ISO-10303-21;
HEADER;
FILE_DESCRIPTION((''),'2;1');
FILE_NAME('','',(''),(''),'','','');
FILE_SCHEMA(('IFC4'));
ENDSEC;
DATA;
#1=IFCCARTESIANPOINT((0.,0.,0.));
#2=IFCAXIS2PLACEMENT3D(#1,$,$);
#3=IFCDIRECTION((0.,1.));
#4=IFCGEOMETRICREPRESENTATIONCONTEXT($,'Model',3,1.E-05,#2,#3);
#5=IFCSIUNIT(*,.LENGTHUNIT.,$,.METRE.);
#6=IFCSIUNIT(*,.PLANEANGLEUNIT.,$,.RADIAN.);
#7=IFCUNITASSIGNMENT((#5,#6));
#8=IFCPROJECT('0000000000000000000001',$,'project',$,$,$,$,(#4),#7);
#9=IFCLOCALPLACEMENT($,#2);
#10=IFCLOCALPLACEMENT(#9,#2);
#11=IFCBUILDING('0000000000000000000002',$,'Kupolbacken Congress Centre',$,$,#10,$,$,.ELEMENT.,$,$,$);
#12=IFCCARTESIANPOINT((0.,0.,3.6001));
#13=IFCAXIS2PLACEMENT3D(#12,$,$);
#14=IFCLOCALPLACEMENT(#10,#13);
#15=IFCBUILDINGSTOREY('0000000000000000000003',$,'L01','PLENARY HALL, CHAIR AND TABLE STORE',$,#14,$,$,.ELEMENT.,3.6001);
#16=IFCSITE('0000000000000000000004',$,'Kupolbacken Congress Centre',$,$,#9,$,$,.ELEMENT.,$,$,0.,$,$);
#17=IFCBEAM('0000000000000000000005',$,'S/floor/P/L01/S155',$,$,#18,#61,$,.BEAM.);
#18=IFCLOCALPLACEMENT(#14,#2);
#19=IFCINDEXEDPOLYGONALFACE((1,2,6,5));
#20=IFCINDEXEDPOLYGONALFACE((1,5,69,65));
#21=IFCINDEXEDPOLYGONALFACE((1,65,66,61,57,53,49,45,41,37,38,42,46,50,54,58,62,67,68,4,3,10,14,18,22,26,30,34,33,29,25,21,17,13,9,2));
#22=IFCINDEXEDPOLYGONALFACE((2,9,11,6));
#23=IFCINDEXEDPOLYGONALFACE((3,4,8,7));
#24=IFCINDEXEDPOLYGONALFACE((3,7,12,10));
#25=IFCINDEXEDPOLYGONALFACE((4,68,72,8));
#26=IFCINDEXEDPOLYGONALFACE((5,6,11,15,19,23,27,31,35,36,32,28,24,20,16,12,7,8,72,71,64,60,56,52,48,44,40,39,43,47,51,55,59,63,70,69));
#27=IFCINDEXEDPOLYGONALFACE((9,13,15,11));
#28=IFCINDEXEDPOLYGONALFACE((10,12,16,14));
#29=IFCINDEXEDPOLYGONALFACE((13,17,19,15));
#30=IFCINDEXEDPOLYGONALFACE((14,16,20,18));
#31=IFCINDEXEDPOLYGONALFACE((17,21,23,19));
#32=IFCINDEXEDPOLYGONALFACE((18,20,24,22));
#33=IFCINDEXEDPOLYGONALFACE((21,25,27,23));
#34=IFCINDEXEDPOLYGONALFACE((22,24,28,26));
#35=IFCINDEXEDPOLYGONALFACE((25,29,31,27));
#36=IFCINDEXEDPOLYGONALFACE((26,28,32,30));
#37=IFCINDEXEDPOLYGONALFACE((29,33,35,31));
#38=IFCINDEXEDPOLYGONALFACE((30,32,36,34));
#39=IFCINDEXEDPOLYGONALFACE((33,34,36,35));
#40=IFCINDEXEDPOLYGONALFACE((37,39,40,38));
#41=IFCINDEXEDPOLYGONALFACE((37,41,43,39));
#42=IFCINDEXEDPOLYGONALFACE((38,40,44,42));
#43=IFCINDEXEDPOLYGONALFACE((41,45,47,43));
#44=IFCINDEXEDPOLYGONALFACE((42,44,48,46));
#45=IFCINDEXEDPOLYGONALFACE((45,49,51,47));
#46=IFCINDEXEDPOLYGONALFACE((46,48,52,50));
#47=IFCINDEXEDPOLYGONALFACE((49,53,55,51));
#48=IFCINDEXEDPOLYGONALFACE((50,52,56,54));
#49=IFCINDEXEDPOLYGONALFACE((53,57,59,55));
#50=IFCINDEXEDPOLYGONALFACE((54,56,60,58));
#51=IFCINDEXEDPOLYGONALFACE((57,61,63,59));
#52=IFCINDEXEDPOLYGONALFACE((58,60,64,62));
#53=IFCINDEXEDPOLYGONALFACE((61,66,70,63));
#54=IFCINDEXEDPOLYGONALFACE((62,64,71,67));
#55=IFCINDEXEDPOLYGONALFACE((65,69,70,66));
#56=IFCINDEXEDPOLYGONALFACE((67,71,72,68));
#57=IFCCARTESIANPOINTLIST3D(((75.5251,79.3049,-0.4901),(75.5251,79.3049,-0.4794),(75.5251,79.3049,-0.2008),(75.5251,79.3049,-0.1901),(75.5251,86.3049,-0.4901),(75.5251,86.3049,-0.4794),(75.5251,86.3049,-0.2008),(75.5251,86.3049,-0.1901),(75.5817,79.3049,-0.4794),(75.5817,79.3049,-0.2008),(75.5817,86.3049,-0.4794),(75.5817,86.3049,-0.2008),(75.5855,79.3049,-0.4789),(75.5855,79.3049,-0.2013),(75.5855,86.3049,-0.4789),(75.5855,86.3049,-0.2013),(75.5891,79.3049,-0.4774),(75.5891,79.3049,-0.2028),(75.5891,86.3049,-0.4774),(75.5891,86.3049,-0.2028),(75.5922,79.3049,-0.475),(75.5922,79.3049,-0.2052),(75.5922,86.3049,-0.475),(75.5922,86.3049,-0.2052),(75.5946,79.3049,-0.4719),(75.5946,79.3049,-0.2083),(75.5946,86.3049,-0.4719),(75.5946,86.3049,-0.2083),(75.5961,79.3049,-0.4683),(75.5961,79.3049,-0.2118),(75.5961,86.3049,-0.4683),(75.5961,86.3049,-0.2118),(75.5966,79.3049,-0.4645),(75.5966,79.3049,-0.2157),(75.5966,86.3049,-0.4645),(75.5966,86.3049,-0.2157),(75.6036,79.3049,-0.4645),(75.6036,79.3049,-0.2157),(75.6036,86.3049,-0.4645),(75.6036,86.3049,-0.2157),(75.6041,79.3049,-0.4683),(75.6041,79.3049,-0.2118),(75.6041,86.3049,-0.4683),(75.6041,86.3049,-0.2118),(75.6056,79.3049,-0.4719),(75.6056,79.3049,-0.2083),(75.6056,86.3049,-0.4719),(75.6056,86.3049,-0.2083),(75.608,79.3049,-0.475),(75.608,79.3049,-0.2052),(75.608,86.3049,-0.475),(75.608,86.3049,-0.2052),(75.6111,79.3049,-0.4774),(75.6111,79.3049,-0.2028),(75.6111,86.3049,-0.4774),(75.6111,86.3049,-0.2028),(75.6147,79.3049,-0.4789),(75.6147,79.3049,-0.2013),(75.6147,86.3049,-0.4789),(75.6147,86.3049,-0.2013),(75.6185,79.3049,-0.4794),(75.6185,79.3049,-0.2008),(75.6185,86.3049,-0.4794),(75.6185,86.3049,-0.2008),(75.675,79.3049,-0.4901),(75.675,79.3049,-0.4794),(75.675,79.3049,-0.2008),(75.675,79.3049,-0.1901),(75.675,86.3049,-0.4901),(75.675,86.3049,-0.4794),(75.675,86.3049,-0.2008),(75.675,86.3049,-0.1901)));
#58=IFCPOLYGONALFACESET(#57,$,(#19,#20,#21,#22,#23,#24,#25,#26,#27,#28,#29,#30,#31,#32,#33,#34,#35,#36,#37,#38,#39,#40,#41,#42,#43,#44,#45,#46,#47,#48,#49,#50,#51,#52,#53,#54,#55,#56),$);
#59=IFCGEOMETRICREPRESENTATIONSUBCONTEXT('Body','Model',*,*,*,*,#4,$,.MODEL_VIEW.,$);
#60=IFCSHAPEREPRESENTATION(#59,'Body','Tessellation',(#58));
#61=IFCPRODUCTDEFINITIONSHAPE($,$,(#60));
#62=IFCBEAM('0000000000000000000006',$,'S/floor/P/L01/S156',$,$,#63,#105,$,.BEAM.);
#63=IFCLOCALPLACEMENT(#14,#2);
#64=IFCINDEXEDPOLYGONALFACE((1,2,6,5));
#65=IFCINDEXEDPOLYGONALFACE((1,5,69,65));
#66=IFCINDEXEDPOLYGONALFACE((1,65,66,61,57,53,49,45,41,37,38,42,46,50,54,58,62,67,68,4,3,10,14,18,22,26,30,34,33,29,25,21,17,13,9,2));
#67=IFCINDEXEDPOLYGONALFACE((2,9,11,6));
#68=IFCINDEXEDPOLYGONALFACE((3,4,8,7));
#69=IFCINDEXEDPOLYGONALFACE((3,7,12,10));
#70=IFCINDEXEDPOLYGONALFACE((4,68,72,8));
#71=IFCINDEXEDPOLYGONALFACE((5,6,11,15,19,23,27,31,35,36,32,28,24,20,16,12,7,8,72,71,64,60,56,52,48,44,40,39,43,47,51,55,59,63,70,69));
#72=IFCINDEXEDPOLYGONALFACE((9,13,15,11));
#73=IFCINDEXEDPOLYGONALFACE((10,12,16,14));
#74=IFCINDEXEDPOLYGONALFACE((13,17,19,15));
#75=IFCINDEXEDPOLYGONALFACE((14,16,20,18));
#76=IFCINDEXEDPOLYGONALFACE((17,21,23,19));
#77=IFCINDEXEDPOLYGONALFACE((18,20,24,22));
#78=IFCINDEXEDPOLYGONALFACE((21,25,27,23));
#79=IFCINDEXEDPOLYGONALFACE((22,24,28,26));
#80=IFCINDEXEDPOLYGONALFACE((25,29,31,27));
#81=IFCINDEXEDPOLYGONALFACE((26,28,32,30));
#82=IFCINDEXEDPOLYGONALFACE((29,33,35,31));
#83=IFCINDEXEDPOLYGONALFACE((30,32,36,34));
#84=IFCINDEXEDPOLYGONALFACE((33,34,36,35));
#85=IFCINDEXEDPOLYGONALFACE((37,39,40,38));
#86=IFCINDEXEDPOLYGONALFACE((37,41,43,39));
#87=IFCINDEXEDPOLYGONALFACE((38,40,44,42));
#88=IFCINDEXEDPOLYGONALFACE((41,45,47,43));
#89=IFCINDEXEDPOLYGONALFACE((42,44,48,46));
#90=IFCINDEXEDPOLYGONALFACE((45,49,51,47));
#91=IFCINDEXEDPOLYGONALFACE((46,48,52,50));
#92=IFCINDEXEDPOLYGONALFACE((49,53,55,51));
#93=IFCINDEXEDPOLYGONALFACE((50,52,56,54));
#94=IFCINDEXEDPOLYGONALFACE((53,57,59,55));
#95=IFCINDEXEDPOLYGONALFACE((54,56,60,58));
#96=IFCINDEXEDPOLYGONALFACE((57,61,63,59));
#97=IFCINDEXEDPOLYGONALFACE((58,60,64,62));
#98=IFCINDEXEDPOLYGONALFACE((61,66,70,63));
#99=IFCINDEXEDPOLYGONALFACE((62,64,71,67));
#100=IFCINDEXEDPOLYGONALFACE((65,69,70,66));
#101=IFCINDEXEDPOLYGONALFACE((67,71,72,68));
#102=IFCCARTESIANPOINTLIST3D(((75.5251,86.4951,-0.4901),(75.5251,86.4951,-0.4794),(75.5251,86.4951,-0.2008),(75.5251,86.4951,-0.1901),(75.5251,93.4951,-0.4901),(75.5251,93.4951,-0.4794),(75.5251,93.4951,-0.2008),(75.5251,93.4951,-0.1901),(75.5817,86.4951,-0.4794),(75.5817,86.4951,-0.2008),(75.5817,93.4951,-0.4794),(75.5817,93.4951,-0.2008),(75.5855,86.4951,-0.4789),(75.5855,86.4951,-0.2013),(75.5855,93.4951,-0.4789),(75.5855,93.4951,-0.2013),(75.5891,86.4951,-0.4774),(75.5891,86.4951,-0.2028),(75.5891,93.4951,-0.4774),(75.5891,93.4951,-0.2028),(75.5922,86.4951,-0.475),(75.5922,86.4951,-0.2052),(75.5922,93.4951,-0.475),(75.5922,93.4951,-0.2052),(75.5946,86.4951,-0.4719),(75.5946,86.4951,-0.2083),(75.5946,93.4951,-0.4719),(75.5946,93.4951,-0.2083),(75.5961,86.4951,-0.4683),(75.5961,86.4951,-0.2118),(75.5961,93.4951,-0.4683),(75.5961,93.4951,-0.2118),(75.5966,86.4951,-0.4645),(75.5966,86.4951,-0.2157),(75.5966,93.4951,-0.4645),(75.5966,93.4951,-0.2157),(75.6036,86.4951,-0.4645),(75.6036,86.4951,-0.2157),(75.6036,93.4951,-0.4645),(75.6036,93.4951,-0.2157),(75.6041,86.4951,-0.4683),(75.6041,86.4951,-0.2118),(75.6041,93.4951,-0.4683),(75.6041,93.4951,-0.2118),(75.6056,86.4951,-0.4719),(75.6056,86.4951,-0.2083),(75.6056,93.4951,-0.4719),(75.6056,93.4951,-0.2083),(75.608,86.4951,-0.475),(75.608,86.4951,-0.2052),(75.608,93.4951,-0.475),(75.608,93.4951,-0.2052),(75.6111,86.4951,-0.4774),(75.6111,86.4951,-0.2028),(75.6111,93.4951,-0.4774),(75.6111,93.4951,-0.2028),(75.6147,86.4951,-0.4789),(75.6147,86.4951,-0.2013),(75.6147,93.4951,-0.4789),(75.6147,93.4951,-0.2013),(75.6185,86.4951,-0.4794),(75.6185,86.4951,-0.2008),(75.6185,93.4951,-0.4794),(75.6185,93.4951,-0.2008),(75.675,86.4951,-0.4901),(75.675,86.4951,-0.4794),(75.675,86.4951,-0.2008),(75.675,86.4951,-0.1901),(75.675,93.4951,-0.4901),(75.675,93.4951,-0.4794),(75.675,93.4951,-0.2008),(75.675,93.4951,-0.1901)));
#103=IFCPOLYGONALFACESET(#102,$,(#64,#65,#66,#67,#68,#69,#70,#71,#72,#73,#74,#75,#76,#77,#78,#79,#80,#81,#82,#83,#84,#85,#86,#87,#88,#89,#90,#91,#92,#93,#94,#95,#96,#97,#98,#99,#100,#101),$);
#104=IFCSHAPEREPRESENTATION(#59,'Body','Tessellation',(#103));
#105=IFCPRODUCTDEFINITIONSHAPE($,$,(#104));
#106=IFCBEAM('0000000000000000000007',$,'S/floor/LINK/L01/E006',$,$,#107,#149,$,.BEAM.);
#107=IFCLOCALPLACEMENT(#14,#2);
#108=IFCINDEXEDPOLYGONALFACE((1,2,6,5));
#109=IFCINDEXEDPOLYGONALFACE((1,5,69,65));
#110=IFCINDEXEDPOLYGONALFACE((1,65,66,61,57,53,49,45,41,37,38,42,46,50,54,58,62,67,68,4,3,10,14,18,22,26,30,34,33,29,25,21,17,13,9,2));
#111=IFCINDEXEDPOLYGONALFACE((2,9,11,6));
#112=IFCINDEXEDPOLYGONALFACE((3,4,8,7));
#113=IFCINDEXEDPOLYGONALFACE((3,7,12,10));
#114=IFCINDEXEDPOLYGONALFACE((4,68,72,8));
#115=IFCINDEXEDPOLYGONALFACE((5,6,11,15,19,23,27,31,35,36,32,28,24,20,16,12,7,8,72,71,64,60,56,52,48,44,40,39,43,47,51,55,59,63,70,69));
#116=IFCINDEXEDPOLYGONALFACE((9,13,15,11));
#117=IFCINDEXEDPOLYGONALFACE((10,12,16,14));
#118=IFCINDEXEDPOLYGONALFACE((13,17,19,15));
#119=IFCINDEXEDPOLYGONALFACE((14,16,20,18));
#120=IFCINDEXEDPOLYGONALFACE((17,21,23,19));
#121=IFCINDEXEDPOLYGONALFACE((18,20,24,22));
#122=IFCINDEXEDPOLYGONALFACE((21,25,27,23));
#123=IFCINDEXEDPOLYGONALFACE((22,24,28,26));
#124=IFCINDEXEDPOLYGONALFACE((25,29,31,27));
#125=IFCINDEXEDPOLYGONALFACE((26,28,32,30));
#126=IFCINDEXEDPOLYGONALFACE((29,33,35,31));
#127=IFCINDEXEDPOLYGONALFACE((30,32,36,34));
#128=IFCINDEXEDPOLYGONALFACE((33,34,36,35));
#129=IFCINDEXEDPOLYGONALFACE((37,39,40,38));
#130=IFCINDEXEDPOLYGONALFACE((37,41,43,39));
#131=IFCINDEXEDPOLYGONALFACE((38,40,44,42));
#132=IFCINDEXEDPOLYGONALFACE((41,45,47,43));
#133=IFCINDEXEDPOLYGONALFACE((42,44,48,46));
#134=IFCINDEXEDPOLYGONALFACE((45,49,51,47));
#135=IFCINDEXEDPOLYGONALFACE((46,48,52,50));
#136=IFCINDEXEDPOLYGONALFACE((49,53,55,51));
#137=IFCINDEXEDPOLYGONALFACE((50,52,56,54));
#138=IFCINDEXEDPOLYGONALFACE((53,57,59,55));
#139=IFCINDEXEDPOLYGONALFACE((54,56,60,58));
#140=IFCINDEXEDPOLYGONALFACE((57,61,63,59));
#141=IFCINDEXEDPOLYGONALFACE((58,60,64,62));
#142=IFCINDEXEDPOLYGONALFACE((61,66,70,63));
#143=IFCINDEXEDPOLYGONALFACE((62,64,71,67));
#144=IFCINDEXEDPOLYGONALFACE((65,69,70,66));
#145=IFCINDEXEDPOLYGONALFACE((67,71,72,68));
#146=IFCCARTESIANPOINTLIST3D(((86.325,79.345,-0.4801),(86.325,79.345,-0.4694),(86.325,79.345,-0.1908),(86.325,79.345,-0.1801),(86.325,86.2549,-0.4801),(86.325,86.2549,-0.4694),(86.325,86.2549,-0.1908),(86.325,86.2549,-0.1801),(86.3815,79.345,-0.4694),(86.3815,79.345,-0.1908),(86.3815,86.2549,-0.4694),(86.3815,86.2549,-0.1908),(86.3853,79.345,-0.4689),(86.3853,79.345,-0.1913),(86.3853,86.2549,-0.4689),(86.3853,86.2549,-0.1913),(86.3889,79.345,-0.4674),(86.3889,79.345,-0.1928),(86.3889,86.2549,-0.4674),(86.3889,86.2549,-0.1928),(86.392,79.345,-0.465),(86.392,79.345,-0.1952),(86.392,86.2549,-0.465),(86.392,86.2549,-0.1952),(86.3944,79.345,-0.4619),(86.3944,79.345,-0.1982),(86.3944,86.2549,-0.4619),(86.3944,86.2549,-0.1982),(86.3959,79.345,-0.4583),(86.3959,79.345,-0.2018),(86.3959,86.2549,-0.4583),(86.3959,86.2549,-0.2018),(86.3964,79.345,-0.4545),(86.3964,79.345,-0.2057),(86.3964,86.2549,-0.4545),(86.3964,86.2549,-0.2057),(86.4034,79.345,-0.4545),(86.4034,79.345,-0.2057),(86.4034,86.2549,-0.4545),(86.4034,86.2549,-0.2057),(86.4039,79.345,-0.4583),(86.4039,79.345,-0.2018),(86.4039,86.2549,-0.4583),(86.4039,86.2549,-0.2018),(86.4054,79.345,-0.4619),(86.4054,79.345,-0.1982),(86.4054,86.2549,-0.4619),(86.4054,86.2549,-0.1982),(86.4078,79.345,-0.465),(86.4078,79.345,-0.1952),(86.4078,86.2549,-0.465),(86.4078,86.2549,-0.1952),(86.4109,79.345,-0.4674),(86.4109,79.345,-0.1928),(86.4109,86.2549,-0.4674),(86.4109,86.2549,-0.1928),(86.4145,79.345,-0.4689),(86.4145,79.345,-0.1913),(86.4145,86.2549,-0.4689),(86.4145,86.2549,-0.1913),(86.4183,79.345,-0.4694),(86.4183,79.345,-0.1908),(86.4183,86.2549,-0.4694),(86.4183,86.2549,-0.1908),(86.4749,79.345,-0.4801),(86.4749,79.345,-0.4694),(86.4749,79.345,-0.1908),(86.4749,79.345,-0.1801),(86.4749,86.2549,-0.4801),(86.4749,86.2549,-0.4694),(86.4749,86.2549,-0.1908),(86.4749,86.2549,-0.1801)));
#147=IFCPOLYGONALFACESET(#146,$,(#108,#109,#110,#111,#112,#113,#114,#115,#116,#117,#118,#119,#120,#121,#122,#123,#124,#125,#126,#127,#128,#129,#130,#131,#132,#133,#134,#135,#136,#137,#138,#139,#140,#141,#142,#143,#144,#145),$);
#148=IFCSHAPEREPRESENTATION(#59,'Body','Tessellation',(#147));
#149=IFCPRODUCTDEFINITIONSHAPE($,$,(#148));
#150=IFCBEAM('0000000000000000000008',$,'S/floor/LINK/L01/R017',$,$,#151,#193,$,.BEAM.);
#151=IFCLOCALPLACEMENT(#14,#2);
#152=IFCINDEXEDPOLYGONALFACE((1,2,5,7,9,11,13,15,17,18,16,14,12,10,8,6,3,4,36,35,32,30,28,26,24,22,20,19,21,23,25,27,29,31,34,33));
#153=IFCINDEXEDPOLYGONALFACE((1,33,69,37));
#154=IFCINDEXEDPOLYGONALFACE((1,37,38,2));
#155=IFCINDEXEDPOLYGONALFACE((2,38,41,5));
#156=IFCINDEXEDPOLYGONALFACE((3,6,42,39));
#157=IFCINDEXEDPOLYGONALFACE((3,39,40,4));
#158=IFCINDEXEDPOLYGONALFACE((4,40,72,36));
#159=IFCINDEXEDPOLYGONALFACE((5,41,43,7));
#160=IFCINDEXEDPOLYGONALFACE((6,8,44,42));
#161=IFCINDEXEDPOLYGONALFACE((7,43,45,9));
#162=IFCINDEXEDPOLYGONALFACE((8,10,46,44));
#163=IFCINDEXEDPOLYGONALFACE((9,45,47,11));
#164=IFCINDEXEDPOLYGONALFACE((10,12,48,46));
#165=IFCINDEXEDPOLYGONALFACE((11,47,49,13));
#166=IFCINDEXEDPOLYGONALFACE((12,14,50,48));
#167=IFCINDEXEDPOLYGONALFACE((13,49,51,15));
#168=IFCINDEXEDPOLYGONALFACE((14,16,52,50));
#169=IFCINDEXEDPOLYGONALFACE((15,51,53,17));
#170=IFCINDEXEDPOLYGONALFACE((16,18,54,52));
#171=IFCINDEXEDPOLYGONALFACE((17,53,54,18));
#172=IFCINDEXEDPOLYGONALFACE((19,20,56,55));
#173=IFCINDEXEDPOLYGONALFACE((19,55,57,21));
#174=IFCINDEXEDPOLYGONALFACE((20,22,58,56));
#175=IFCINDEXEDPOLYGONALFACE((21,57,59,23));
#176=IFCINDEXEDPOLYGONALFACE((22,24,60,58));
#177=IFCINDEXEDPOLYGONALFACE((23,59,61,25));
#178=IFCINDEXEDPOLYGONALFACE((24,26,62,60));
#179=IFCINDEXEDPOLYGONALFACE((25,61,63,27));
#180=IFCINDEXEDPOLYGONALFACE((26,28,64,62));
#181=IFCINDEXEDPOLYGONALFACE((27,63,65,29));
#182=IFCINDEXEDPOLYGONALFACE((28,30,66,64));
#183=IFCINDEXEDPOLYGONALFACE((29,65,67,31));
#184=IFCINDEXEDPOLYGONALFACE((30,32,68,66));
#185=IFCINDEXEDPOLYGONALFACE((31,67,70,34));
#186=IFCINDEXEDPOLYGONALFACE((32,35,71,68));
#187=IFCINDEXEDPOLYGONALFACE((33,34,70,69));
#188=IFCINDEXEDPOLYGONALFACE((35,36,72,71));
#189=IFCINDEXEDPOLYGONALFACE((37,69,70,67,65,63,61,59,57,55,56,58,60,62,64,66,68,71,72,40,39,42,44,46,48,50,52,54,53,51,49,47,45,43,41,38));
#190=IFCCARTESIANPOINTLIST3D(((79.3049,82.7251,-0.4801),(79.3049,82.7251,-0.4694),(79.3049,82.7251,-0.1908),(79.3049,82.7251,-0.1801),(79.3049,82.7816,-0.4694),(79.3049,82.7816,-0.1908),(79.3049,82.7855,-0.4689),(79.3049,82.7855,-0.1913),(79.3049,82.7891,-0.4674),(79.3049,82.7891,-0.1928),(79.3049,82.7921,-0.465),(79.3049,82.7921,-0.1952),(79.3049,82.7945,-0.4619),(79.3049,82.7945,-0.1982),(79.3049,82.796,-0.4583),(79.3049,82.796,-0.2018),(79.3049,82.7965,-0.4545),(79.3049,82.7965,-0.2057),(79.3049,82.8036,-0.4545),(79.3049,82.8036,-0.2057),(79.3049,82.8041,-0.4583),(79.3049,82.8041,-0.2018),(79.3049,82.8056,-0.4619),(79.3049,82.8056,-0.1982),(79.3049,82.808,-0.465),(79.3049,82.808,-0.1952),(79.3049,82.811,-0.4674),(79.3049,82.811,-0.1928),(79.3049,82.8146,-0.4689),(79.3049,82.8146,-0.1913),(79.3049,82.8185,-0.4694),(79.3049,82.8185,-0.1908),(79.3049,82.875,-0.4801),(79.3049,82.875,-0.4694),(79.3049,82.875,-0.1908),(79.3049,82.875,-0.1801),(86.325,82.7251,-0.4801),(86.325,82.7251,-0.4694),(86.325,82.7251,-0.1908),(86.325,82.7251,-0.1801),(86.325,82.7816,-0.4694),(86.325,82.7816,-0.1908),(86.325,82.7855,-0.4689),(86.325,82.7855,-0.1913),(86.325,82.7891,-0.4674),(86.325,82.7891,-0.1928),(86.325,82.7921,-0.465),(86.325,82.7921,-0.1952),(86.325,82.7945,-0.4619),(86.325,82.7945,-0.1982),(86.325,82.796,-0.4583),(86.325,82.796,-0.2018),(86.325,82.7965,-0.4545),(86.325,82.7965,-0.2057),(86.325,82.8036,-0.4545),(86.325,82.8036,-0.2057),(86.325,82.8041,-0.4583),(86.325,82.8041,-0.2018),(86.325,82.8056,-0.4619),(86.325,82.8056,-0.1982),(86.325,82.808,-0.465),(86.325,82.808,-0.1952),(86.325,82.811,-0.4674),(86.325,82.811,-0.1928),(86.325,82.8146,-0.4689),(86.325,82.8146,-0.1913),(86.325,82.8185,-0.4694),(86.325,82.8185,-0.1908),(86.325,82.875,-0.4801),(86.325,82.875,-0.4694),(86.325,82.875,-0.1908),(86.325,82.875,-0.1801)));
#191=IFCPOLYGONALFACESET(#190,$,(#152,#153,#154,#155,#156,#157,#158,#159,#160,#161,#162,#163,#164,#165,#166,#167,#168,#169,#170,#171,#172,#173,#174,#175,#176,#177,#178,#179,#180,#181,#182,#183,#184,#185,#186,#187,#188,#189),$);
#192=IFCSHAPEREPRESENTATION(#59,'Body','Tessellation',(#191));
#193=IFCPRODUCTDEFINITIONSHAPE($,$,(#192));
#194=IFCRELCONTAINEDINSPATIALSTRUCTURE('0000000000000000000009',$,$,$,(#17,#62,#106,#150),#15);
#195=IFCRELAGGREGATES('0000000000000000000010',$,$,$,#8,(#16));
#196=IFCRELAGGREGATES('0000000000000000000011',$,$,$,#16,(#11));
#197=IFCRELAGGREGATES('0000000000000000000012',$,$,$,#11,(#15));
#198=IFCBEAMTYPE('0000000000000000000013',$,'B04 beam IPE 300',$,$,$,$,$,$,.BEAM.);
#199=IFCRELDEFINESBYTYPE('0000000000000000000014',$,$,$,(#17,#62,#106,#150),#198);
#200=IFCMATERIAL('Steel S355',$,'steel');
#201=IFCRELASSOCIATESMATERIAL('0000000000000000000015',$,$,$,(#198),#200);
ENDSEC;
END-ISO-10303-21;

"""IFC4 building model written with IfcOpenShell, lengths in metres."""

from ifc_helpers import new_model, si_unit, direction, frame, origin, origin_2d, place, context, subcontext, project, spatial, i_section, extrude, material, material_profile, profile_set, type_object, element, save


model = new_model("IFC4")

# Units and contexts
model_context = context("Model", 3, precision=1e-05, world=origin(), true_north=direction((0.0, 1.0)))
body_context = subcontext(model_context, "Body", "Model", "MODEL_VIEW")
ifc_project = project(units=[si_unit("LENGTHUNIT", "METRE"), si_unit("PLANEANGLEUNIT", "RADIAN")], contexts=[model_context])

# Site, building, storey
site_placement = place(None, origin())
site = spatial("IfcSite", under=ifc_project, at=site_placement, Name="Kupolbacken Congress Centre", CompositionType="ELEMENT", RefElevation=0.0)
building_placement = place(site_placement, origin())
building = spatial("IfcBuilding", under=site, at=building_placement, Name="Kupolbacken Congress Centre", CompositionType="ELEMENT")
storey_placement = place(building_placement, frame((0.0, 0.0, 3.6001)))
storey = spatial("IfcBuildingStorey", under=building, at=storey_placement, Name="L01", Description="PLENARY HALL, CHAIR AND TABLE STORE", CompositionType="ELEMENT", Elevation=3.6001)

# Beams
ifc_material_1 = material(Name="Steel S355", Category="steel")
ifc_material_profile_1 = material_profile(ifc_material_1, i_section(OverallWidth=0.1499, OverallDepth=0.3, WebThickness=0.0071, FlangeThickness=0.0107, FilletRadius=0.0149, at=origin_2d()), Name="IPE 300")
ifc_profile_set_1 = profile_set([ifc_material_profile_1], Name="Steel S355")
beam_type_1 = type_object("IfcBeamType", Name="B04 beam IPE 300", PredefinedType="BEAM", material=ifc_profile_set_1)
for number, where, z_axis, x_axis, name in (
    (1, (75.6001, 79.3049, -0.3401), (0.0, 1.0, 0.0), (-1.0, 0.0, 0.0), "S/floor/P/L01/S155"),
    (2, (75.6001, 86.4951, -0.3401), (0.0, 1.0, 0.0), (-1.0, 0.0, 0.0), "S/floor/P/L01/S156"),
):
    element("IfcBeam", number, at=place(storey_placement, frame(where, z_axis=z_axis, x_axis=x_axis)), inside=storey, type_object=beam_type_1, Name=name, PredefinedType="BEAM", context=body_context, shape_type="SweptSolid", body=[
        extrude(i_section(OverallWidth=0.1499, OverallDepth=0.3, WebThickness=0.0071, FlangeThickness=0.0107, FilletRadius=0.0149, at=origin_2d()), origin(), (0.0, 0.0, 1.0), 7.0),
    ])
beam_1_placement = place(storey_placement, frame((86.3999, 79.345, -0.3301), z_axis=(0.0, 1.0, 0.0), x_axis=(-1.0, 0.0, 0.0)))
element("IfcBeam", 3, at=beam_1_placement, inside=storey, type_object=beam_type_1, Name="S/floor/LINK/L01/E006", PredefinedType="BEAM", context=body_context, shape_type="SweptSolid", body=[
    extrude(i_section(OverallWidth=0.1499, OverallDepth=0.3, WebThickness=0.0071, FlangeThickness=0.0107, FilletRadius=0.0149, at=origin_2d()), origin(), (0.0, 0.0, 1.0), 6.9099),
])
beam_2_placement = place(storey_placement, frame((79.3049, 82.8, -0.3301), z_axis=(1.0, 0.0, 0.0), x_axis=(0.0, 1.0, 0.0)))
element("IfcBeam", 4, at=beam_2_placement, inside=storey, type_object=beam_type_1, Name="S/floor/LINK/L01/R017", PredefinedType="BEAM", context=body_context, shape_type="SweptSolid", body=[
    extrude(i_section(OverallWidth=0.1499, OverallDepth=0.3, WebThickness=0.0071, FlangeThickness=0.0107, FilletRadius=0.0149, at=origin_2d()), origin(), (0.0, 0.0, 1.0), 7.02),
])

save(model, "model.ifc")
